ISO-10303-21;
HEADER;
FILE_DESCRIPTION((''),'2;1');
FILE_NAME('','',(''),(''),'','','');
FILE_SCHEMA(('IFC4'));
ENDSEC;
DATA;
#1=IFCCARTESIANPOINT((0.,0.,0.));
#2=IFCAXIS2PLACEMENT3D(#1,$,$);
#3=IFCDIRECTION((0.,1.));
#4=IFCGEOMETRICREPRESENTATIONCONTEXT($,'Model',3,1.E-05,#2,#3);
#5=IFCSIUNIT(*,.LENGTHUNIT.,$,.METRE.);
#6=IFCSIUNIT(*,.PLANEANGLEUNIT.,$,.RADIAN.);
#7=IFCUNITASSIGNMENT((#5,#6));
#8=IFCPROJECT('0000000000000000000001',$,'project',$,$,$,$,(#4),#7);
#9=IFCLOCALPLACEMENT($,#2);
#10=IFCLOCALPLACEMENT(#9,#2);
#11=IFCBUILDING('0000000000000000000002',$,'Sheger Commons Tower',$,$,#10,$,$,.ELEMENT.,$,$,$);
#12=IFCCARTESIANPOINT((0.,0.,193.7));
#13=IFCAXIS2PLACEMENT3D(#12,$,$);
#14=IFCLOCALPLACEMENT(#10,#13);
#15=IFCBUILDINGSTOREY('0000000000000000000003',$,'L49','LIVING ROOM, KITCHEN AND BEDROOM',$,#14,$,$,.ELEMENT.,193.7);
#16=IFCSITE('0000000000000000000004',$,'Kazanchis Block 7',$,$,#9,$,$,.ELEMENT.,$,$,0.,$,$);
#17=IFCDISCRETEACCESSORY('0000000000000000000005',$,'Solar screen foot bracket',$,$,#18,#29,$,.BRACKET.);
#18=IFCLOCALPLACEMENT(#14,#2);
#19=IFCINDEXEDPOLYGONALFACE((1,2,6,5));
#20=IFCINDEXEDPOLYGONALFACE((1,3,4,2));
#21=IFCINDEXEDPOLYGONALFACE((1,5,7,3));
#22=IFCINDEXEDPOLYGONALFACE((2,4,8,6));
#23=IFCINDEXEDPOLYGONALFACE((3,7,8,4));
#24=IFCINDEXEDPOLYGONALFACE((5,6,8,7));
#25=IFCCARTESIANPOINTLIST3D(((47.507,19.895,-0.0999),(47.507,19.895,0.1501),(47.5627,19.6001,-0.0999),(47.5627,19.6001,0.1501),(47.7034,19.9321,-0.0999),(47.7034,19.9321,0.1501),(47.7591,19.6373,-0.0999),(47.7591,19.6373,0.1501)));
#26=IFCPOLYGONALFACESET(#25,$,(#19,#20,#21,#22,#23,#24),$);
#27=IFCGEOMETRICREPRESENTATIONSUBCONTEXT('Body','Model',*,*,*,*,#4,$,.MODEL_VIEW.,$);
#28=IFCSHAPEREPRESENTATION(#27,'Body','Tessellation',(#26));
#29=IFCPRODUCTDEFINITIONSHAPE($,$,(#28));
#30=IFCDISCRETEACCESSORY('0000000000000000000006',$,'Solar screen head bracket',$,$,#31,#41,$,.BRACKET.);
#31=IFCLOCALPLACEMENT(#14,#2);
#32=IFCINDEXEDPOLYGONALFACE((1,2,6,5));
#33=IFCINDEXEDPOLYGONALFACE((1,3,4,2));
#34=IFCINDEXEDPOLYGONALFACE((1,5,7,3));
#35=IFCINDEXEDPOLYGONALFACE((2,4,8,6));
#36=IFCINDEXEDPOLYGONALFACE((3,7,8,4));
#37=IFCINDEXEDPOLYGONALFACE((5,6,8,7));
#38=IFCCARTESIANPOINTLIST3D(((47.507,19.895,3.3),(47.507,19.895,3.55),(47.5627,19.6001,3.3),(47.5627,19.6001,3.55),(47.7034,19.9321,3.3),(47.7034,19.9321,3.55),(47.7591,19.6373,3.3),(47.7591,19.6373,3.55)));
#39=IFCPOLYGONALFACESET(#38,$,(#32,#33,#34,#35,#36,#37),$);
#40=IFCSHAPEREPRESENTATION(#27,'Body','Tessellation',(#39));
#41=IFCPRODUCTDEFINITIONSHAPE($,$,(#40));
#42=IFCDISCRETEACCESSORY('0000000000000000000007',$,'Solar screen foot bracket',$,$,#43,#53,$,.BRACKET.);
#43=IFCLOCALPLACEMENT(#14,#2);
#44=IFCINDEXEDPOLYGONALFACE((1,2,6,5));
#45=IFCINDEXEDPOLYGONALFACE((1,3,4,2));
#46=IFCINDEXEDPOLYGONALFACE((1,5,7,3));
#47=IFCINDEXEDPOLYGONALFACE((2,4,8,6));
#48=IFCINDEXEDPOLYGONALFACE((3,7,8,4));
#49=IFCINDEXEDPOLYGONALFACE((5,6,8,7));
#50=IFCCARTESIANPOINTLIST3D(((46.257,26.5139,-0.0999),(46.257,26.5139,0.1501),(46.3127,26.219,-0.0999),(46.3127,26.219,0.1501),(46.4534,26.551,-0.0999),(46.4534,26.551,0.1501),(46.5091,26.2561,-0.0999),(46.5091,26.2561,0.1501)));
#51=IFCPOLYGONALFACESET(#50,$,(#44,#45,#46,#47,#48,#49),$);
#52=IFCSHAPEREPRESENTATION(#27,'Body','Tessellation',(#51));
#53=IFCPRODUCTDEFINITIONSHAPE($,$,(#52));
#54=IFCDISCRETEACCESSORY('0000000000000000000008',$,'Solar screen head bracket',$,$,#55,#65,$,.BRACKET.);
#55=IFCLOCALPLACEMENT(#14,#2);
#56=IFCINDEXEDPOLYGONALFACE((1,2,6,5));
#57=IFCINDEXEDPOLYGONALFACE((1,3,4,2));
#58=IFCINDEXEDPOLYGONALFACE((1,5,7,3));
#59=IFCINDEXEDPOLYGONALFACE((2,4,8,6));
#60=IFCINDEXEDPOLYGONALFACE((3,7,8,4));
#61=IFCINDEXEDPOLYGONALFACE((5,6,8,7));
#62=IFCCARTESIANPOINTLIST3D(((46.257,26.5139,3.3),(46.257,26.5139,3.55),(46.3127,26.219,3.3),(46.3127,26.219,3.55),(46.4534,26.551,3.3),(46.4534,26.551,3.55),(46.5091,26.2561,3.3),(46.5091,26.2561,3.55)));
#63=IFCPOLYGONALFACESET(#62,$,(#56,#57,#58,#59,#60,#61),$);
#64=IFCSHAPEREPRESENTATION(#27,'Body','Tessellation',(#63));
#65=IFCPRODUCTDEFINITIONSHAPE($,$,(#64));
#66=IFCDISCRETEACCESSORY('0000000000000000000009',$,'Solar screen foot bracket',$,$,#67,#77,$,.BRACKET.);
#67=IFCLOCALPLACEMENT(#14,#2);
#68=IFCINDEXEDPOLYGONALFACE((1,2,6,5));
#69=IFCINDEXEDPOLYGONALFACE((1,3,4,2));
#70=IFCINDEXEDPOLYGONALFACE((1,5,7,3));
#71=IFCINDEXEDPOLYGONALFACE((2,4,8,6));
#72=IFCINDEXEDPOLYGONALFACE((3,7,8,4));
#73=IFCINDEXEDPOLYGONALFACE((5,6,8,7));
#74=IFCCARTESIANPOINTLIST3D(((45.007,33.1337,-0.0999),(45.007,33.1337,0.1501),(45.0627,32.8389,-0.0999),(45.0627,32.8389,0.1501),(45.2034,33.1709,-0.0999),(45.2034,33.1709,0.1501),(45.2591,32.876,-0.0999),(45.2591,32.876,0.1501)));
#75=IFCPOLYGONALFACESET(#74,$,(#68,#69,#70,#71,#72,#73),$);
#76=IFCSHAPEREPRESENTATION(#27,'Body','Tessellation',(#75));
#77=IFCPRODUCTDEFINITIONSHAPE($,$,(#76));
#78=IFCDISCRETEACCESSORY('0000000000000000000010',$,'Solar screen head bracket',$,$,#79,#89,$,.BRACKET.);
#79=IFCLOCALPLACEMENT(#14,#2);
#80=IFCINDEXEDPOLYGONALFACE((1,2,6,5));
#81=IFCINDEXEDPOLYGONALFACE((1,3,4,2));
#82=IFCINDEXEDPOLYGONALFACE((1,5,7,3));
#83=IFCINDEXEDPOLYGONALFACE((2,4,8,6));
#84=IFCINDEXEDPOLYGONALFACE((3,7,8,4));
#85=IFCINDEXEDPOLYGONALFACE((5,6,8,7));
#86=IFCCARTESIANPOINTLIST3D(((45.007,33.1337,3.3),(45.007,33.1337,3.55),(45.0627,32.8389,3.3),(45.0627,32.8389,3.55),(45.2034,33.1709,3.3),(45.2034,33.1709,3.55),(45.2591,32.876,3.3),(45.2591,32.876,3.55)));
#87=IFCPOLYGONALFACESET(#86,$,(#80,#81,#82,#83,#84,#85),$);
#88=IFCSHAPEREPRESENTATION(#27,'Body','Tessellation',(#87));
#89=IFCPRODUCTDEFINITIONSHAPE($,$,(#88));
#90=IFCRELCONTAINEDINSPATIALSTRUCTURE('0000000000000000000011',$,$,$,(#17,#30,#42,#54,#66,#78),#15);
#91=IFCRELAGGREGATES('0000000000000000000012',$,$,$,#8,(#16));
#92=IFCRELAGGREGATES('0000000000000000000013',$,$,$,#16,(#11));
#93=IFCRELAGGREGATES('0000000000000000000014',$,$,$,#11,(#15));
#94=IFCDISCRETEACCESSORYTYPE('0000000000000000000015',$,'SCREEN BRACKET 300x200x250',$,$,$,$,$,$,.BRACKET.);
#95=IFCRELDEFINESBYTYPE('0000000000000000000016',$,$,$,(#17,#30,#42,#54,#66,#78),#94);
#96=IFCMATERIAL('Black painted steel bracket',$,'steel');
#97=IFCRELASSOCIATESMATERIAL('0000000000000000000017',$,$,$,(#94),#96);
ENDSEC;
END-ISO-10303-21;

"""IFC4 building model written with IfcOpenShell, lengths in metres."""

from ifc_helpers import new_model, si_unit, direction, frame, origin, origin_2d, place, context, subcontext, project, spatial, rectangle, extrude, material, type_object, element, save


model = new_model("IFC4")

# Units and contexts
model_context = context("Model", 3, precision=1e-05, world=origin(), true_north=direction((0.0, 1.0)))
body_context = subcontext(model_context, "Body", "Model", "MODEL_VIEW")
ifc_project = project(units=[si_unit("LENGTHUNIT", "METRE"), si_unit("PLANEANGLEUNIT", "RADIAN")], contexts=[model_context])

# Site, building, storey
site_placement = place(None, origin())
site = spatial("IfcSite", under=ifc_project, at=site_placement, Name="Kazanchis Block 7", CompositionType="ELEMENT", RefElevation=0.0)
building_placement = place(site_placement, origin())
building = spatial("IfcBuilding", under=site, at=building_placement, Name="Sheger Commons Tower", CompositionType="ELEMENT")
storey_placement = place(building_placement, frame((0.0, 0.0, 193.7)))
storey = spatial("IfcBuildingStorey", under=building, at=storey_placement, Name="L49", Description="LIVING ROOM, KITCHEN AND BEDROOM", CompositionType="ELEMENT", Elevation=193.7)

# Discrete accessories
ifc_material_1 = material(Name="Black painted steel bracket", Category="steel")
discrete_accessory_type = type_object("IfcDiscreteAccessoryType", Name="SCREEN BRACKET 300x200x250", PredefinedType="BRACKET", material=ifc_material_1)
for number, where, z_axis, x_axis, name in (
    (1, (47.6331, 19.7661, -0.0999), (0.0, 0.0, 1.0), (-0.185615, 0.982623, 0.0), "Solar screen foot bracket"),
    (2, (47.6331, 19.7661, 3.3), (0.0, 0.0, 1.0), (-0.185615, 0.982623, 0.0), "Solar screen head bracket"),
    (3, (46.3831, 26.385, -0.0999), (0.0, 0.0, 1.0), (-0.185615, 0.982623, 0.0), "Solar screen foot bracket"),
    (4, (46.3831, 26.385, 3.3), (0.0, 0.0, 1.0), (-0.185615, 0.982623, 0.0), "Solar screen head bracket"),
    (5, (45.1331, 33.0049, -0.0999), (0.0, 0.0, 1.0), (-0.185615, 0.982623, 0.0), "Solar screen foot bracket"),
    (6, (45.1331, 33.0049, 3.3), (0.0, 0.0, 1.0), (-0.185615, 0.982623, 0.0), "Solar screen head bracket"),
):
    element("IfcDiscreteAccessory", number, at=place(storey_placement, frame(where, z_axis=z_axis, x_axis=x_axis)), inside=storey, type_object=discrete_accessory_type, Name=name, PredefinedType="BRACKET", context=body_context, shape_type="SweptSolid", body=[
        extrude(rectangle(XDim=0.3, YDim=0.2, at=origin_2d()), origin(), (0.0, 0.0, 1.0), 0.25),
    ])

save(model, "model.ifc")
